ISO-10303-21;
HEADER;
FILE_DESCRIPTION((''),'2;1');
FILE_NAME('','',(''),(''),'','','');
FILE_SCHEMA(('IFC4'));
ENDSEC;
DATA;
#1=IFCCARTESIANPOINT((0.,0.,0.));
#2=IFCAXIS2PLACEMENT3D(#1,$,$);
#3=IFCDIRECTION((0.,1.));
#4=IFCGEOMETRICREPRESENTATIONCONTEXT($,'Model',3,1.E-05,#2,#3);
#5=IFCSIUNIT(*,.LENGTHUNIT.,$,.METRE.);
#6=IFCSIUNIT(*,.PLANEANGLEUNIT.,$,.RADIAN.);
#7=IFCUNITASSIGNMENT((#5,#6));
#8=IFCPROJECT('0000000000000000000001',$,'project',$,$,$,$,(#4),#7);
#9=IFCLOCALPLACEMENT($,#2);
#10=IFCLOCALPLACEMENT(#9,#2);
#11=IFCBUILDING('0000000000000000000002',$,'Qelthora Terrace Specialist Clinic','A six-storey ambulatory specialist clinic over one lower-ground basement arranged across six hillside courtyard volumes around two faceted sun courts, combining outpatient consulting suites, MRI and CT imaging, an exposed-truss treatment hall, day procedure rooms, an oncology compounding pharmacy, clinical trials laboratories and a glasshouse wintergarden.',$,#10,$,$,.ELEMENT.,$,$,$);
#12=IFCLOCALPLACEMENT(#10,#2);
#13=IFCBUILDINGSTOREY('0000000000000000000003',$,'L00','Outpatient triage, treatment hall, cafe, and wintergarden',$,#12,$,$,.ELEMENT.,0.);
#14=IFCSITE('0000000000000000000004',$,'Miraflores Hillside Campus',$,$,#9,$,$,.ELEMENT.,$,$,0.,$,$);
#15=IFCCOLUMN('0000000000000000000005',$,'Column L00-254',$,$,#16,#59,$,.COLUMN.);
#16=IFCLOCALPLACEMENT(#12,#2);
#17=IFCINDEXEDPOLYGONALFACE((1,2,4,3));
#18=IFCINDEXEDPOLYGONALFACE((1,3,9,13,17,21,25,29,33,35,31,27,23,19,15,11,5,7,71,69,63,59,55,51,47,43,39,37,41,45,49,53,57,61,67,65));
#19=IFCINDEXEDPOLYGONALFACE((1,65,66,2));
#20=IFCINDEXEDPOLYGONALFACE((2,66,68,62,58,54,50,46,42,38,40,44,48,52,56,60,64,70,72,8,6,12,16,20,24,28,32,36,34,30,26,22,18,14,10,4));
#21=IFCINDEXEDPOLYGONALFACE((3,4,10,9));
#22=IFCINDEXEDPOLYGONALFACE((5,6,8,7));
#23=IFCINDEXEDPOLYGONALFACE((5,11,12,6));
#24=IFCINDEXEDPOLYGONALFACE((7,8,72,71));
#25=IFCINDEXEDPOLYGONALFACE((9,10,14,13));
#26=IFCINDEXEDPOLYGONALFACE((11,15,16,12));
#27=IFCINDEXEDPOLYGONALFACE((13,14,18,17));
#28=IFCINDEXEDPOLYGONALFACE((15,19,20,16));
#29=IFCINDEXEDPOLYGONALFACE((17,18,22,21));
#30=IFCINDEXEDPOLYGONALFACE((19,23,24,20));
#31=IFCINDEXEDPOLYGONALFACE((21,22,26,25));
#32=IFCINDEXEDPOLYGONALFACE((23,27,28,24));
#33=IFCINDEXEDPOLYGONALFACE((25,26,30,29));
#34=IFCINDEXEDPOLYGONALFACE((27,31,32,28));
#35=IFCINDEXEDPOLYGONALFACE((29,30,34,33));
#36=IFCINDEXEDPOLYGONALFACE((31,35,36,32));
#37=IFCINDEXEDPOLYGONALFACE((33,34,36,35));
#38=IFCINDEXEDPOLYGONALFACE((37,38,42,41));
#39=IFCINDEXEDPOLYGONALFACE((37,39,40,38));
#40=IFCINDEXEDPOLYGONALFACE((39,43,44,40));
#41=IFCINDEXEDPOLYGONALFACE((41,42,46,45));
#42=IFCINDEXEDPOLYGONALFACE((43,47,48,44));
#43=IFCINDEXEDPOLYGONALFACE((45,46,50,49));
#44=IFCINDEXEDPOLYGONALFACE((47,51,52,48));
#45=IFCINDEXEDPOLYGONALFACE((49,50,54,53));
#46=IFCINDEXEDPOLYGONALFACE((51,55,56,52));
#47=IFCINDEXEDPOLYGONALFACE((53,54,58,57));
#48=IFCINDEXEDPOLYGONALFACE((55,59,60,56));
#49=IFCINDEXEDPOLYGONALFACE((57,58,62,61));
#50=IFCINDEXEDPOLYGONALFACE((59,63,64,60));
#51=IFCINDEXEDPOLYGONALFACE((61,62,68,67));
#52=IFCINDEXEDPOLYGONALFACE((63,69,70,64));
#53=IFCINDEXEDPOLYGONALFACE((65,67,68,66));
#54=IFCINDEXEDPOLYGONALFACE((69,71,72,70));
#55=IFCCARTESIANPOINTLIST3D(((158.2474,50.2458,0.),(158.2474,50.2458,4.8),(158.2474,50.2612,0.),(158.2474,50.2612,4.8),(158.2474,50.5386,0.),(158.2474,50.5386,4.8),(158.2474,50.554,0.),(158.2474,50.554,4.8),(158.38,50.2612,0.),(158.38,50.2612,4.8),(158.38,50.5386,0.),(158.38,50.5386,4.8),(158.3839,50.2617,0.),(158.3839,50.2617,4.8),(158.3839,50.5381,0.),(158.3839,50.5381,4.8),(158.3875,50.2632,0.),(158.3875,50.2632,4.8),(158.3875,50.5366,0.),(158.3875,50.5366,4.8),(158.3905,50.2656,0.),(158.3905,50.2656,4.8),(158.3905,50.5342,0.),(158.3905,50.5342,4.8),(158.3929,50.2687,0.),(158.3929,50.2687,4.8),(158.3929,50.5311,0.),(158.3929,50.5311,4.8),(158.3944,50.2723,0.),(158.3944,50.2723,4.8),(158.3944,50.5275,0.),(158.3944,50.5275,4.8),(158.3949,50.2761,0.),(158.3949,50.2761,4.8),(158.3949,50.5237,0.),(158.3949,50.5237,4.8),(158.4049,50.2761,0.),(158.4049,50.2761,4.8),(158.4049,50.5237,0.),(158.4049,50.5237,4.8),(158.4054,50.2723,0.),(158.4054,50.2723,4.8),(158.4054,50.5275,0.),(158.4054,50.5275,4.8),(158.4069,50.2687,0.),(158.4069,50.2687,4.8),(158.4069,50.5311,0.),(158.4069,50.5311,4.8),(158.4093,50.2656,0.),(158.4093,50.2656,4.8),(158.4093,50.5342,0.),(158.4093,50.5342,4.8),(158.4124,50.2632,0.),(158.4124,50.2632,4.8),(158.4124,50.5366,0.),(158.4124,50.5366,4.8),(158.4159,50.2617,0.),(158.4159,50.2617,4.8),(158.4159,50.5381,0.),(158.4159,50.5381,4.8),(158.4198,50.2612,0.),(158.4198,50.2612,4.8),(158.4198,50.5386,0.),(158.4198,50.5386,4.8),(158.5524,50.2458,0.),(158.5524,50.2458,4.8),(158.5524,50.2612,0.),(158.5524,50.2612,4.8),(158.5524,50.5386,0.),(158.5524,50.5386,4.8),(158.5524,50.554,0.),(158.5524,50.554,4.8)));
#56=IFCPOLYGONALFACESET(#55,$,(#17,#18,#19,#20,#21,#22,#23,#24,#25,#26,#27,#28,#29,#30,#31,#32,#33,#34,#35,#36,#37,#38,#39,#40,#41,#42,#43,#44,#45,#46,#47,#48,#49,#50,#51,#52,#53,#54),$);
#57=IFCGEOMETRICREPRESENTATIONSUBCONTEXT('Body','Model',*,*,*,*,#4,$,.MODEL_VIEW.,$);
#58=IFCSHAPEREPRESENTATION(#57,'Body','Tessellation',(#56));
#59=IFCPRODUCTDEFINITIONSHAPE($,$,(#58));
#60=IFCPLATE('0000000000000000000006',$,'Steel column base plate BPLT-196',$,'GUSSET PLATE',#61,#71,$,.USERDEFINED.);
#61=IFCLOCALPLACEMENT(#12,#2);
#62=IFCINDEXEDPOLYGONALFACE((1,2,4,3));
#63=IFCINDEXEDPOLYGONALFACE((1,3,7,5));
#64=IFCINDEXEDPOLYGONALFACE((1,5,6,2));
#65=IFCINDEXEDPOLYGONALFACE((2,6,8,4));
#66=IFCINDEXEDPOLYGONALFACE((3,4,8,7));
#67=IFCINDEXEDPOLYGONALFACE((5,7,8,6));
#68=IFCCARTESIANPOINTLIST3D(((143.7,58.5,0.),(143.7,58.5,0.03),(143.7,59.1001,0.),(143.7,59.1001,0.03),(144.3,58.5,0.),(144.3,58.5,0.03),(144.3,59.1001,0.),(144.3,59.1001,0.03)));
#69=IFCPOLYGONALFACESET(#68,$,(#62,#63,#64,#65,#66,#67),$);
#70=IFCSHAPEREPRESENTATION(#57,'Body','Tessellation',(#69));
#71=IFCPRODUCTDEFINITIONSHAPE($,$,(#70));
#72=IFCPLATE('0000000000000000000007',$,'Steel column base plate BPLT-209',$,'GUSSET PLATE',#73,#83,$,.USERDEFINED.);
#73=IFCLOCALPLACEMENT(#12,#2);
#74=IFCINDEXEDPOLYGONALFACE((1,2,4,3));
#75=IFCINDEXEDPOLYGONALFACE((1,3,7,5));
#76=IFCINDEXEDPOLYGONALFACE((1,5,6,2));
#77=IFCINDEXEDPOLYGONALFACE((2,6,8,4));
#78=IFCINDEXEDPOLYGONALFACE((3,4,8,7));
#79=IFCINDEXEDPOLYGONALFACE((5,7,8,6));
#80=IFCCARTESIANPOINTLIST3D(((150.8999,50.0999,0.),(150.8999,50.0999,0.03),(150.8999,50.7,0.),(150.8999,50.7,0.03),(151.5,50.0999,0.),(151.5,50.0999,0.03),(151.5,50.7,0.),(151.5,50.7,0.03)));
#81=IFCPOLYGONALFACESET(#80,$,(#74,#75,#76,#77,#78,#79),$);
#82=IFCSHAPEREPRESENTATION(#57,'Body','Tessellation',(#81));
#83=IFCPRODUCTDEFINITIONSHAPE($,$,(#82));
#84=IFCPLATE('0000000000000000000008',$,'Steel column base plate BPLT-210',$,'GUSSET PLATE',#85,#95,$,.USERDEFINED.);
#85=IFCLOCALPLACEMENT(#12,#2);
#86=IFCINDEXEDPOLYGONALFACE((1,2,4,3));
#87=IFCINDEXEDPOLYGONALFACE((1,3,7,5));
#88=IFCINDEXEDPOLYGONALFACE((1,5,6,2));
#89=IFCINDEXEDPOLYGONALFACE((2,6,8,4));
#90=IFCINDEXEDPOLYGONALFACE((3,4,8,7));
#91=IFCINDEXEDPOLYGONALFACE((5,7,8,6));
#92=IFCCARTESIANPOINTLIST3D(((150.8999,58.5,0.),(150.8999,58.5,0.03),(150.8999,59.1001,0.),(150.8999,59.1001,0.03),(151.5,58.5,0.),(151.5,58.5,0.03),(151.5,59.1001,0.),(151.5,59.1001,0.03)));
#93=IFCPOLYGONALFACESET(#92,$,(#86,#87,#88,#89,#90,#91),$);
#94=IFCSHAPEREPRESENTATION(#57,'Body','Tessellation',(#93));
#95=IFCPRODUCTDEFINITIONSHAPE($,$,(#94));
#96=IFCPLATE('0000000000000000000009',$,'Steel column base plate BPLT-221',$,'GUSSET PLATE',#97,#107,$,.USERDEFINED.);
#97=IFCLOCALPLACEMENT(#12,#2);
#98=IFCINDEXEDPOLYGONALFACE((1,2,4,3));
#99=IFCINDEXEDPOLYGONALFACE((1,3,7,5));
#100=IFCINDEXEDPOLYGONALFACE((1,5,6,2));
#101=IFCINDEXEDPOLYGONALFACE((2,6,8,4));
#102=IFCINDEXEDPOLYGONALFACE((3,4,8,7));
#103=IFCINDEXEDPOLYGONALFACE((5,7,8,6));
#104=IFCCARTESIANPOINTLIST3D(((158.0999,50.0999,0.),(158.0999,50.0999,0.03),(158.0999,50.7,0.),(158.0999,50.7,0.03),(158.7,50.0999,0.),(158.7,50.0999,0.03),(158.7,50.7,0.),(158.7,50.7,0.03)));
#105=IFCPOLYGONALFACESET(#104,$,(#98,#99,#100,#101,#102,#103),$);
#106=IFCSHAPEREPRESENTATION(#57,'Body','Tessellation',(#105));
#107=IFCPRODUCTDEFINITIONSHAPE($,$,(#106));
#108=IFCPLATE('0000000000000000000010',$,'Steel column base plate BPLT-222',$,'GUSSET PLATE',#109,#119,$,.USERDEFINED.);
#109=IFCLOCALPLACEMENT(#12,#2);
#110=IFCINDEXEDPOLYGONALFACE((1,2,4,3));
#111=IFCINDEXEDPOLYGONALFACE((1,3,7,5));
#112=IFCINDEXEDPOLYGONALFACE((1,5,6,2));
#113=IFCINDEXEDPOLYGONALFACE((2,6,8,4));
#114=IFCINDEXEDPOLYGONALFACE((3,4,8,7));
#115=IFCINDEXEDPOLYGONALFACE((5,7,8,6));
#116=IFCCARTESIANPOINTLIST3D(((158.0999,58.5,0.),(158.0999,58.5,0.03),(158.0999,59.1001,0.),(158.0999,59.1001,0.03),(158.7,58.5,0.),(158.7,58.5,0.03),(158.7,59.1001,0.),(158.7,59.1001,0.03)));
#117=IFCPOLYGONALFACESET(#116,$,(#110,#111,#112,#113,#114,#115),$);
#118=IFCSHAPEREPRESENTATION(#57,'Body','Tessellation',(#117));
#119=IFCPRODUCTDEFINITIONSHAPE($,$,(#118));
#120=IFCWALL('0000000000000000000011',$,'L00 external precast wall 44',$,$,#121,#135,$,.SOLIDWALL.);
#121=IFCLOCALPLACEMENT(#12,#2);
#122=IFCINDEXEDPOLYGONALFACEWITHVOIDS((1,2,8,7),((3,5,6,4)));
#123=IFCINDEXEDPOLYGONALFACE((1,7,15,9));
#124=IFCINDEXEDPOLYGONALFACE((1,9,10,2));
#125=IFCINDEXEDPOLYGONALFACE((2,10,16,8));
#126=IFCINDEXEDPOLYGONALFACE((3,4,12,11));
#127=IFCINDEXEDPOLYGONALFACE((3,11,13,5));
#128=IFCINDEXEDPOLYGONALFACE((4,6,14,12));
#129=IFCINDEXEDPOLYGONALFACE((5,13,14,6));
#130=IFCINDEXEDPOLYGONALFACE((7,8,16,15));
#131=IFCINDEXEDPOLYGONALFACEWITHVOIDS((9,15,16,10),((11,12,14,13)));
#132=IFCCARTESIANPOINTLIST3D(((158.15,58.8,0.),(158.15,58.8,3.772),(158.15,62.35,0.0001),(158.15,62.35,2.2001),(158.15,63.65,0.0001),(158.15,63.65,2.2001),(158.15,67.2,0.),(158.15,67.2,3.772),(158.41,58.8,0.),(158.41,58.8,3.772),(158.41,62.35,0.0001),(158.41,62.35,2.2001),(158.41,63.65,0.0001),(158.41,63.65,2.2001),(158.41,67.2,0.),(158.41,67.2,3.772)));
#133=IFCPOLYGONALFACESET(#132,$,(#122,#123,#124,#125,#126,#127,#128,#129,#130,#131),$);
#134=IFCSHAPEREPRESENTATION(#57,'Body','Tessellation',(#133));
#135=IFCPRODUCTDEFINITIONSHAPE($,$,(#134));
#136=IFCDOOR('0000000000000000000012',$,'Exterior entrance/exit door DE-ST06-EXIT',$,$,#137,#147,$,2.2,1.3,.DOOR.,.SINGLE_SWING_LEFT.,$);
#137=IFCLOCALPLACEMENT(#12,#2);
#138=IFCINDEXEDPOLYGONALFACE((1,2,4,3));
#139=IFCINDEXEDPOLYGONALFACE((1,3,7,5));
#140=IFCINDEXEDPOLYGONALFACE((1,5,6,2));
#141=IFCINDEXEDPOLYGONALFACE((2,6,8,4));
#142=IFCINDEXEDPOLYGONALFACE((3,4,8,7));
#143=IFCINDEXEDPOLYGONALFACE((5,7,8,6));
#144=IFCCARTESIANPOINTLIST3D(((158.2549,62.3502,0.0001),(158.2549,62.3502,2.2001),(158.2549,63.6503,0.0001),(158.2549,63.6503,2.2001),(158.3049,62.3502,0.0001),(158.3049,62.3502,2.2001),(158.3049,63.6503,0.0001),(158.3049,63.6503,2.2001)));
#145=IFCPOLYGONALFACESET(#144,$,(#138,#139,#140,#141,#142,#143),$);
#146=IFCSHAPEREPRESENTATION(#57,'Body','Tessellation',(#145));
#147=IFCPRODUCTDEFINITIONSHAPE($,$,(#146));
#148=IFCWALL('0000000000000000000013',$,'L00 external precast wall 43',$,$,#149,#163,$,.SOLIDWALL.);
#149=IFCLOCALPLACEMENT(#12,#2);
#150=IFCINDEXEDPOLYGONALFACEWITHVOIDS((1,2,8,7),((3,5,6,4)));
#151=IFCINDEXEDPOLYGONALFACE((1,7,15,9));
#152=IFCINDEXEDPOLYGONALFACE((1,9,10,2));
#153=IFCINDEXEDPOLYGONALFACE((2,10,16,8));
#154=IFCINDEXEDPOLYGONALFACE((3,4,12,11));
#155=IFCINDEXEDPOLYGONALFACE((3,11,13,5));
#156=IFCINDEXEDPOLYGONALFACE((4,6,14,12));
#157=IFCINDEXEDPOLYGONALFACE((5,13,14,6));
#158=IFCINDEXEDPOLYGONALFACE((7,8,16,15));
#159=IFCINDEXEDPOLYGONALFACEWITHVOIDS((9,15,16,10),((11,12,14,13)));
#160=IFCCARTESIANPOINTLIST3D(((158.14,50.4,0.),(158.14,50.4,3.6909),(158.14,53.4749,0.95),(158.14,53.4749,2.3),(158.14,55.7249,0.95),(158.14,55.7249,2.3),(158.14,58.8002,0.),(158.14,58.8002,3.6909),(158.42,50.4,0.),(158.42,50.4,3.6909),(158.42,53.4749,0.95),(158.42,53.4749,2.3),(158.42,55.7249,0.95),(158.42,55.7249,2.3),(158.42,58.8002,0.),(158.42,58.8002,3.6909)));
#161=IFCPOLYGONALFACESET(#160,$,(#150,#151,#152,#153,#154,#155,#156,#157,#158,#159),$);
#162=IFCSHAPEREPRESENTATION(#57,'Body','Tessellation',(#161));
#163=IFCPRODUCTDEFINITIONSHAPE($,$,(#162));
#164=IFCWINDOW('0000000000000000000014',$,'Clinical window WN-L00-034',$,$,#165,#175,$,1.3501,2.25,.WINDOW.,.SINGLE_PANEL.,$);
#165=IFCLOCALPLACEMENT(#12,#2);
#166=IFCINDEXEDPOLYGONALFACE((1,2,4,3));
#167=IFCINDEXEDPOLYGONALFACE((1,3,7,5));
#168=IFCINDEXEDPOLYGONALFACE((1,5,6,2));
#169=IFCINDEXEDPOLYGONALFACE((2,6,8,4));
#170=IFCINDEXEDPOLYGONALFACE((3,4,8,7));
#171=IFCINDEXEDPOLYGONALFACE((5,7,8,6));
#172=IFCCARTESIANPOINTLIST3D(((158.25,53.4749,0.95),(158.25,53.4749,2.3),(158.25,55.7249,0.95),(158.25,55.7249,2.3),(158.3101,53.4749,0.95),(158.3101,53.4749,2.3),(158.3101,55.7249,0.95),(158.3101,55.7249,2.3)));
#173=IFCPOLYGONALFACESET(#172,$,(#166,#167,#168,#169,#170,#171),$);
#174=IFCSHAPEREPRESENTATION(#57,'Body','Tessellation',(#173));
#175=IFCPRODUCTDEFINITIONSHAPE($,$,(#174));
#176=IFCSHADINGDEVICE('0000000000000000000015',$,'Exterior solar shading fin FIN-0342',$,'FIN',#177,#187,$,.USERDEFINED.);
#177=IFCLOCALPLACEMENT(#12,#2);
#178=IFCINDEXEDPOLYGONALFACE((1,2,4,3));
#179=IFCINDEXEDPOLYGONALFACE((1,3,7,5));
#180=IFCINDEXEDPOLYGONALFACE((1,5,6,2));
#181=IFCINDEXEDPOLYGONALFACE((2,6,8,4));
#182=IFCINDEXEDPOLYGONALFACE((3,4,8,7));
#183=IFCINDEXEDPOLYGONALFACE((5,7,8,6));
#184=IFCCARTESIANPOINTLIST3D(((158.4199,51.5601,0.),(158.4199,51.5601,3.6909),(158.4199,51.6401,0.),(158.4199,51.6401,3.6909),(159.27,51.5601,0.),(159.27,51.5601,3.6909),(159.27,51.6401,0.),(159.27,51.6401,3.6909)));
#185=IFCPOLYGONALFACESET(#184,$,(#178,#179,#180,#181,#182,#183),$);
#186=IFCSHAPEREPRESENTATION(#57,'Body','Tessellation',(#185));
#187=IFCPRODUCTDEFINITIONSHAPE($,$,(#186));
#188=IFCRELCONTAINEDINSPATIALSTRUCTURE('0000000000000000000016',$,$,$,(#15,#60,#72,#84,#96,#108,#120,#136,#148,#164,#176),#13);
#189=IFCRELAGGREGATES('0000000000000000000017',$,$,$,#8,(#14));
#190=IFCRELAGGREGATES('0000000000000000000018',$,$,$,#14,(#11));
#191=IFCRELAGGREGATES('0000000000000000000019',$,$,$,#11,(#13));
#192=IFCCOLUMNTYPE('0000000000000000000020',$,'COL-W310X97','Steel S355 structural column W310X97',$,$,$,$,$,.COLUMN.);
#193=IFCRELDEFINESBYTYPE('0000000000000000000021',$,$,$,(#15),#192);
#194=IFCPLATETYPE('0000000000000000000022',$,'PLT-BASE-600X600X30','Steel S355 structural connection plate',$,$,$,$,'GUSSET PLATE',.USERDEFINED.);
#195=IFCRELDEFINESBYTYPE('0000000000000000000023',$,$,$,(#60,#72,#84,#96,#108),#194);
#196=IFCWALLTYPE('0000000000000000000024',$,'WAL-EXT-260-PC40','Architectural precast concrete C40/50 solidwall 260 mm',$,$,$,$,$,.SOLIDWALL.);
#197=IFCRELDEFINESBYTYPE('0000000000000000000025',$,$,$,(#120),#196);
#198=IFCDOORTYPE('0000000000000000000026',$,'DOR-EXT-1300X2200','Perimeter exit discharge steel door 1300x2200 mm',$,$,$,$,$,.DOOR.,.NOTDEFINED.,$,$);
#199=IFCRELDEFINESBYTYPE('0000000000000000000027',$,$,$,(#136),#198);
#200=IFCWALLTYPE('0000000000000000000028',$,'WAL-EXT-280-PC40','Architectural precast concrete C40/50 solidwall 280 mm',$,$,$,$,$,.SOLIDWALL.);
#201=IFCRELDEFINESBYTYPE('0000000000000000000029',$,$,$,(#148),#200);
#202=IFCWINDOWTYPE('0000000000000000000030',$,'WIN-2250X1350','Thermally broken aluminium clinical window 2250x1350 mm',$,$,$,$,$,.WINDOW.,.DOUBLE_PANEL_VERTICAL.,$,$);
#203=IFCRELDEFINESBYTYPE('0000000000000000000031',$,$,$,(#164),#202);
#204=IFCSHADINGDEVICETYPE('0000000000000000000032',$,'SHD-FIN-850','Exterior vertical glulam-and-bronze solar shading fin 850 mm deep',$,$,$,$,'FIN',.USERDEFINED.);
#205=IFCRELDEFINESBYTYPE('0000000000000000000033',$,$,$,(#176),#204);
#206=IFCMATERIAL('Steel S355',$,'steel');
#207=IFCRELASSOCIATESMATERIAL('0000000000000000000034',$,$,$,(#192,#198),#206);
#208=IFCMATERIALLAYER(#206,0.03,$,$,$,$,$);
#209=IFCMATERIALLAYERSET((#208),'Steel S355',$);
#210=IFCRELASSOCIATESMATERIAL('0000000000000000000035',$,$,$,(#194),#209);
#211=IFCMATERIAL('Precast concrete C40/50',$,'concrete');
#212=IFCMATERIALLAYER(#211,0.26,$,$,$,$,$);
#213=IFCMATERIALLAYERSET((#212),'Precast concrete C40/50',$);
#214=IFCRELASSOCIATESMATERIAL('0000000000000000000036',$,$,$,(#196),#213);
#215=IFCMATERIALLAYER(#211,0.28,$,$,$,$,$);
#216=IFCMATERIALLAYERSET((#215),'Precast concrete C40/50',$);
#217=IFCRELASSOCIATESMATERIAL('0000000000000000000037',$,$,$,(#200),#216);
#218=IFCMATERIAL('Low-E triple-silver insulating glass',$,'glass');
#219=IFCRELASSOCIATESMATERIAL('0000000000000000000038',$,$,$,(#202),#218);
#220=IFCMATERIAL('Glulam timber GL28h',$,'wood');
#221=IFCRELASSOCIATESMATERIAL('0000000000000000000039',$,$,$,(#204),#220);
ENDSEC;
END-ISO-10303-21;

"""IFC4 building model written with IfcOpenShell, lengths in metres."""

from ifc_helpers import new_model, si_unit, direction, frame, frame_2d, origin, origin_2d, place, context, subcontext, project, spatial, rectangle, i_section, extrude, material, layer, layer_set, material_profile, profile_set, type_object, element, fill, save


model = new_model("IFC4")

# Units and contexts
model_context = context("Model", 3, precision=1e-05, world=origin(), true_north=direction((0.0, 1.0)))
body_context = subcontext(model_context, "Body", "Model", "MODEL_VIEW")
ifc_project = project(units=[si_unit("LENGTHUNIT", "METRE"), si_unit("PLANEANGLEUNIT", "RADIAN")], contexts=[model_context])

# Site, building, storey
site_placement = place(None, origin())
site = spatial("IfcSite", under=ifc_project, at=site_placement, Name="Miraflores Hillside Campus", CompositionType="ELEMENT", RefElevation=0.0)
building_placement = place(site_placement, origin())
building = spatial("IfcBuilding", under=site, at=building_placement, Name="Qelthora Terrace Specialist Clinic", Description="A six-storey ambulatory specialist clinic over one lower-ground basement arranged across six hillside courtyard volumes around two faceted sun courts, combining outpatient consulting suites, MRI and CT imaging, an exposed-truss treatment hall, day procedure rooms, an oncology compounding pharmacy, clinical trials laboratories and a glasshouse wintergarden.", CompositionType="ELEMENT")
storey_placement = place(building_placement, origin())
storey = spatial("IfcBuildingStorey", under=building, at=storey_placement, Name="L00", Description="Outpatient triage, treatment hall, cafe, and wintergarden", CompositionType="ELEMENT", Elevation=0.0)

# Column
ifc_material_1 = material(Name="Steel S355", Category="steel")
ifc_material_profile_1 = material_profile(ifc_material_1, i_section(OverallWidth=0.3049, OverallDepth=0.3081, WebThickness=0.01, FlangeThickness=0.0154, FilletRadius=0.0149, at=origin_2d()), Name="W310X97")
ifc_profile_set_1 = profile_set([ifc_material_profile_1], Name="Steel S355")
column_type_1 = type_object("IfcColumnType", Name="COL-W310X97", Description="Steel S355 structural column W310X97", PredefinedType="COLUMN", material=ifc_profile_set_1)
column_1_placement = place(storey_placement, frame((158.3999, 50.3999, 0.0), z_axis=(0.0, 0.0, 1.0), x_axis=(1.0, 0.0, 0.0)))
element("IfcColumn", 1, at=column_1_placement, inside=storey, type_object=column_type_1, Name="Column L00-254", PredefinedType="COLUMN", context=body_context, shape_type="SweptSolid", body=[
    extrude(i_section(OverallWidth=0.3049, OverallDepth=0.3081, WebThickness=0.01, FlangeThickness=0.0154, FilletRadius=0.0149, at=origin_2d()), origin(), (0.0, 0.0, 1.0), 4.8),
])

# Plates
ifc_layer_1 = layer(ifc_material_1, 0.03)
ifc_layer_set_1 = layer_set([ifc_layer_1], Name="Steel S355")
plate_type = type_object("IfcPlateType", Name="PLT-BASE-600X600X30", Description="Steel S355 structural connection plate", ElementType="GUSSET PLATE", PredefinedType="USERDEFINED", material=ifc_layer_set_1)
for number, where, z_axis, x_axis, name in (
    (2, (144.0, 58.8, 0.0), (0.0, 0.0, 1.0), (1.0, 0.0, 0.0), "Steel column base plate BPLT-196"),
    (3, (151.2, 50.3999, 0.0), (0.0, 0.0, 1.0), (1.0, 0.0, 0.0), "Steel column base plate BPLT-209"),
    (4, (151.2, 58.8, 0.0), (0.0, 0.0, 1.0), (1.0, 0.0, 0.0), "Steel column base plate BPLT-210"),
    (5, (158.3999, 50.3999, 0.0), (0.0, 0.0, 1.0), (1.0, 0.0, 0.0), "Steel column base plate BPLT-221"),
    (6, (158.3999, 58.8, 0.0), (0.0, 0.0, 1.0), (1.0, 0.0, 0.0), "Steel column base plate BPLT-222"),
):
    element("IfcPlate", number, at=place(storey_placement, frame(where, z_axis=z_axis, x_axis=x_axis)), inside=storey, type_object=plate_type, Name=name, ObjectType="GUSSET PLATE", PredefinedType="USERDEFINED", context=body_context, shape_type="SweptSolid", body=[
        extrude(rectangle(XDim=0.6001, YDim=0.6001, at=origin_2d()), origin(), (0.0, 0.0, 1.0), 0.03),
    ])

# Wall, opening, door
ifc_material_2 = material(Name="Precast concrete C40/50", Category="concrete")
ifc_layer_2 = layer(ifc_material_2, 0.26)
ifc_layer_set_2 = layer_set([ifc_layer_2], Name="Precast concrete C40/50")
wall_type_1 = type_object("IfcWallType", Name="WAL-EXT-260-PC40", Description="Architectural precast concrete C40/50 solidwall 260 mm", PredefinedType="SOLIDWALL", material=ifc_layer_set_2)
wall_1_placement = place(storey_placement, frame((158.28, 58.8, 0.0), z_axis=(0.0, 0.0, 1.0), x_axis=(0.0, 1.0, 0.0)))
wall_1 = element("IfcWall", 7, at=wall_1_placement, inside=storey, type_object=wall_type_1, Name="L00 external precast wall 44", PredefinedType="SOLIDWALL", context=body_context, shape_type="SweptSolid", body=[
    extrude(rectangle(XDim=8.3999, YDim=0.26, at=frame_2d((4.2, 0.0))), origin(), (0.0, 0.0, 1.0), 3.772),
])
opening_1_placement = place(wall_1_placement, frame((3.55, 0.0, 0.0)))
opening_1 = element("IfcOpeningElement", 8, at=opening_1_placement, cuts=wall_1, PredefinedType="OPENING", context=body_context, shape_type="SweptSolid", body=[
    extrude(rectangle(XDim=1.3, YDim=2.2, at=frame_2d((0.6499, 1.1001))), frame((0.0, 0.1399, 0.0), z_axis=(0.0, -1.0, 0.0), x_axis=(1.0, 0.0, 0.0)), (0.0, 0.0, 1.0), 0.28),
])
door_type = type_object("IfcDoorType", Name="DOR-EXT-1300X2200", Description="Perimeter exit discharge steel door 1300x2200 mm", OperationType="NOTDEFINED", PredefinedType="DOOR", material=ifc_material_1)
door_placement = place(opening_1_placement, frame((1.3, 0.0, 0.0), z_axis=(0.0, 0.0, 1.0), x_axis=(-1.0, 0.0, 0.0)))
door = element("IfcDoor", 9, at=door_placement, inside=storey, type_object=door_type, Name="Exterior entrance/exit door DE-ST06-EXIT", OperationType="SINGLE_SWING_LEFT", OverallHeight=2.2, OverallWidth=1.3, PredefinedType="DOOR", context=body_context, shape_type="SweptSolid", body=[
    extrude(rectangle(XDim=1.3, YDim=2.2, at=frame_2d((0.6499, 1.1001))), frame((0.0, 0.0249, 0.0), z_axis=(0.0, -1.0, 0.0), x_axis=(1.0, 0.0, 0.0)), (0.0, 0.0, 1.0), 0.05),
])
fill(opening_1, door)

# Wall, opening, window
ifc_layer_3 = layer(ifc_material_2, 0.28)
ifc_layer_set_3 = layer_set([ifc_layer_3], Name="Precast concrete C40/50")
wall_type_2 = type_object("IfcWallType", Name="WAL-EXT-280-PC40", Description="Architectural precast concrete C40/50 solidwall 280 mm", PredefinedType="SOLIDWALL", material=ifc_layer_set_3)
wall_2_placement = place(storey_placement, frame((158.28, 50.3999, 0.0), z_axis=(0.0, 0.0, 1.0), x_axis=(0.0, 1.0, 0.0)))
wall_2 = element("IfcWall", 10, at=wall_2_placement, inside=storey, type_object=wall_type_2, Name="L00 external precast wall 43", PredefinedType="SOLIDWALL", context=body_context, shape_type="SweptSolid", body=[
    extrude(rectangle(XDim=8.4001, YDim=0.28, at=frame_2d((4.2002, 0.0))), origin(), (0.0, 0.0, 1.0), 3.6909),
])
opening_2_placement = place(wall_2_placement, frame((3.075, 0.0, 0.95)))
opening_2 = element("IfcOpeningElement", 11, at=opening_2_placement, cuts=wall_2, PredefinedType="OPENING", context=body_context, shape_type="SweptSolid", body=[
    extrude(rectangle(XDim=2.25, YDim=1.3501, at=frame_2d((1.125, 0.675))), frame((0.0, 0.1499, 0.0), z_axis=(0.0, -1.0, 0.0), x_axis=(1.0, 0.0, 0.0)), (0.0, 0.0, 1.0), 0.3),
])
ifc_material_3 = material(Name="Low-E triple-silver insulating glass", Category="glass")
window_type = type_object("IfcWindowType", Name="WIN-2250X1350", Description="Thermally broken aluminium clinical window 2250x1350 mm", PartitioningType="DOUBLE_PANEL_VERTICAL", PredefinedType="WINDOW", material=ifc_material_3)
window_placement = place(opening_2_placement, origin())
window = element("IfcWindow", 12, at=window_placement, inside=storey, type_object=window_type, Name="Clinical window WN-L00-034", OverallHeight=1.3501, OverallWidth=2.25, PartitioningType="SINGLE_PANEL", PredefinedType="WINDOW", context=body_context, shape_type="SweptSolid", body=[
    extrude(rectangle(XDim=2.25, YDim=1.3501, at=frame_2d((1.125, 0.675))), frame((0.0, 0.03, 0.0), z_axis=(0.0, -1.0, 0.0), x_axis=(1.0, 0.0, 0.0)), (0.0, 0.0, 1.0), 0.0601),
])
fill(opening_2, window)

# Shading device
ifc_material_4 = material(Name="Glulam timber GL28h", Category="wood")
shading_device_type = type_object("IfcShadingDeviceType", Name="SHD-FIN-850", Description="Exterior vertical glulam-and-bronze solar shading fin 850 mm deep", ElementType="FIN", PredefinedType="USERDEFINED", material=ifc_material_4)
for number, where, z_axis, x_axis, name in (
    (13, (158.845, 51.6001, 0.0), (0.0, 0.0, 1.0), (1.0, 0.0, 0.0), "Exterior solar shading fin FIN-0342"),
):
    element("IfcShadingDevice", number, at=place(storey_placement, frame(where, z_axis=z_axis, x_axis=x_axis)), inside=storey, type_object=shading_device_type, Name=name, ObjectType="FIN", PredefinedType="USERDEFINED", context=body_context, shape_type="SweptSolid", body=[
        extrude(rectangle(XDim=0.8501, YDim=0.0801, at=origin_2d()), origin(), (0.0, 0.0, 1.0), 3.6909),
    ])

save(model, "model.ifc")
